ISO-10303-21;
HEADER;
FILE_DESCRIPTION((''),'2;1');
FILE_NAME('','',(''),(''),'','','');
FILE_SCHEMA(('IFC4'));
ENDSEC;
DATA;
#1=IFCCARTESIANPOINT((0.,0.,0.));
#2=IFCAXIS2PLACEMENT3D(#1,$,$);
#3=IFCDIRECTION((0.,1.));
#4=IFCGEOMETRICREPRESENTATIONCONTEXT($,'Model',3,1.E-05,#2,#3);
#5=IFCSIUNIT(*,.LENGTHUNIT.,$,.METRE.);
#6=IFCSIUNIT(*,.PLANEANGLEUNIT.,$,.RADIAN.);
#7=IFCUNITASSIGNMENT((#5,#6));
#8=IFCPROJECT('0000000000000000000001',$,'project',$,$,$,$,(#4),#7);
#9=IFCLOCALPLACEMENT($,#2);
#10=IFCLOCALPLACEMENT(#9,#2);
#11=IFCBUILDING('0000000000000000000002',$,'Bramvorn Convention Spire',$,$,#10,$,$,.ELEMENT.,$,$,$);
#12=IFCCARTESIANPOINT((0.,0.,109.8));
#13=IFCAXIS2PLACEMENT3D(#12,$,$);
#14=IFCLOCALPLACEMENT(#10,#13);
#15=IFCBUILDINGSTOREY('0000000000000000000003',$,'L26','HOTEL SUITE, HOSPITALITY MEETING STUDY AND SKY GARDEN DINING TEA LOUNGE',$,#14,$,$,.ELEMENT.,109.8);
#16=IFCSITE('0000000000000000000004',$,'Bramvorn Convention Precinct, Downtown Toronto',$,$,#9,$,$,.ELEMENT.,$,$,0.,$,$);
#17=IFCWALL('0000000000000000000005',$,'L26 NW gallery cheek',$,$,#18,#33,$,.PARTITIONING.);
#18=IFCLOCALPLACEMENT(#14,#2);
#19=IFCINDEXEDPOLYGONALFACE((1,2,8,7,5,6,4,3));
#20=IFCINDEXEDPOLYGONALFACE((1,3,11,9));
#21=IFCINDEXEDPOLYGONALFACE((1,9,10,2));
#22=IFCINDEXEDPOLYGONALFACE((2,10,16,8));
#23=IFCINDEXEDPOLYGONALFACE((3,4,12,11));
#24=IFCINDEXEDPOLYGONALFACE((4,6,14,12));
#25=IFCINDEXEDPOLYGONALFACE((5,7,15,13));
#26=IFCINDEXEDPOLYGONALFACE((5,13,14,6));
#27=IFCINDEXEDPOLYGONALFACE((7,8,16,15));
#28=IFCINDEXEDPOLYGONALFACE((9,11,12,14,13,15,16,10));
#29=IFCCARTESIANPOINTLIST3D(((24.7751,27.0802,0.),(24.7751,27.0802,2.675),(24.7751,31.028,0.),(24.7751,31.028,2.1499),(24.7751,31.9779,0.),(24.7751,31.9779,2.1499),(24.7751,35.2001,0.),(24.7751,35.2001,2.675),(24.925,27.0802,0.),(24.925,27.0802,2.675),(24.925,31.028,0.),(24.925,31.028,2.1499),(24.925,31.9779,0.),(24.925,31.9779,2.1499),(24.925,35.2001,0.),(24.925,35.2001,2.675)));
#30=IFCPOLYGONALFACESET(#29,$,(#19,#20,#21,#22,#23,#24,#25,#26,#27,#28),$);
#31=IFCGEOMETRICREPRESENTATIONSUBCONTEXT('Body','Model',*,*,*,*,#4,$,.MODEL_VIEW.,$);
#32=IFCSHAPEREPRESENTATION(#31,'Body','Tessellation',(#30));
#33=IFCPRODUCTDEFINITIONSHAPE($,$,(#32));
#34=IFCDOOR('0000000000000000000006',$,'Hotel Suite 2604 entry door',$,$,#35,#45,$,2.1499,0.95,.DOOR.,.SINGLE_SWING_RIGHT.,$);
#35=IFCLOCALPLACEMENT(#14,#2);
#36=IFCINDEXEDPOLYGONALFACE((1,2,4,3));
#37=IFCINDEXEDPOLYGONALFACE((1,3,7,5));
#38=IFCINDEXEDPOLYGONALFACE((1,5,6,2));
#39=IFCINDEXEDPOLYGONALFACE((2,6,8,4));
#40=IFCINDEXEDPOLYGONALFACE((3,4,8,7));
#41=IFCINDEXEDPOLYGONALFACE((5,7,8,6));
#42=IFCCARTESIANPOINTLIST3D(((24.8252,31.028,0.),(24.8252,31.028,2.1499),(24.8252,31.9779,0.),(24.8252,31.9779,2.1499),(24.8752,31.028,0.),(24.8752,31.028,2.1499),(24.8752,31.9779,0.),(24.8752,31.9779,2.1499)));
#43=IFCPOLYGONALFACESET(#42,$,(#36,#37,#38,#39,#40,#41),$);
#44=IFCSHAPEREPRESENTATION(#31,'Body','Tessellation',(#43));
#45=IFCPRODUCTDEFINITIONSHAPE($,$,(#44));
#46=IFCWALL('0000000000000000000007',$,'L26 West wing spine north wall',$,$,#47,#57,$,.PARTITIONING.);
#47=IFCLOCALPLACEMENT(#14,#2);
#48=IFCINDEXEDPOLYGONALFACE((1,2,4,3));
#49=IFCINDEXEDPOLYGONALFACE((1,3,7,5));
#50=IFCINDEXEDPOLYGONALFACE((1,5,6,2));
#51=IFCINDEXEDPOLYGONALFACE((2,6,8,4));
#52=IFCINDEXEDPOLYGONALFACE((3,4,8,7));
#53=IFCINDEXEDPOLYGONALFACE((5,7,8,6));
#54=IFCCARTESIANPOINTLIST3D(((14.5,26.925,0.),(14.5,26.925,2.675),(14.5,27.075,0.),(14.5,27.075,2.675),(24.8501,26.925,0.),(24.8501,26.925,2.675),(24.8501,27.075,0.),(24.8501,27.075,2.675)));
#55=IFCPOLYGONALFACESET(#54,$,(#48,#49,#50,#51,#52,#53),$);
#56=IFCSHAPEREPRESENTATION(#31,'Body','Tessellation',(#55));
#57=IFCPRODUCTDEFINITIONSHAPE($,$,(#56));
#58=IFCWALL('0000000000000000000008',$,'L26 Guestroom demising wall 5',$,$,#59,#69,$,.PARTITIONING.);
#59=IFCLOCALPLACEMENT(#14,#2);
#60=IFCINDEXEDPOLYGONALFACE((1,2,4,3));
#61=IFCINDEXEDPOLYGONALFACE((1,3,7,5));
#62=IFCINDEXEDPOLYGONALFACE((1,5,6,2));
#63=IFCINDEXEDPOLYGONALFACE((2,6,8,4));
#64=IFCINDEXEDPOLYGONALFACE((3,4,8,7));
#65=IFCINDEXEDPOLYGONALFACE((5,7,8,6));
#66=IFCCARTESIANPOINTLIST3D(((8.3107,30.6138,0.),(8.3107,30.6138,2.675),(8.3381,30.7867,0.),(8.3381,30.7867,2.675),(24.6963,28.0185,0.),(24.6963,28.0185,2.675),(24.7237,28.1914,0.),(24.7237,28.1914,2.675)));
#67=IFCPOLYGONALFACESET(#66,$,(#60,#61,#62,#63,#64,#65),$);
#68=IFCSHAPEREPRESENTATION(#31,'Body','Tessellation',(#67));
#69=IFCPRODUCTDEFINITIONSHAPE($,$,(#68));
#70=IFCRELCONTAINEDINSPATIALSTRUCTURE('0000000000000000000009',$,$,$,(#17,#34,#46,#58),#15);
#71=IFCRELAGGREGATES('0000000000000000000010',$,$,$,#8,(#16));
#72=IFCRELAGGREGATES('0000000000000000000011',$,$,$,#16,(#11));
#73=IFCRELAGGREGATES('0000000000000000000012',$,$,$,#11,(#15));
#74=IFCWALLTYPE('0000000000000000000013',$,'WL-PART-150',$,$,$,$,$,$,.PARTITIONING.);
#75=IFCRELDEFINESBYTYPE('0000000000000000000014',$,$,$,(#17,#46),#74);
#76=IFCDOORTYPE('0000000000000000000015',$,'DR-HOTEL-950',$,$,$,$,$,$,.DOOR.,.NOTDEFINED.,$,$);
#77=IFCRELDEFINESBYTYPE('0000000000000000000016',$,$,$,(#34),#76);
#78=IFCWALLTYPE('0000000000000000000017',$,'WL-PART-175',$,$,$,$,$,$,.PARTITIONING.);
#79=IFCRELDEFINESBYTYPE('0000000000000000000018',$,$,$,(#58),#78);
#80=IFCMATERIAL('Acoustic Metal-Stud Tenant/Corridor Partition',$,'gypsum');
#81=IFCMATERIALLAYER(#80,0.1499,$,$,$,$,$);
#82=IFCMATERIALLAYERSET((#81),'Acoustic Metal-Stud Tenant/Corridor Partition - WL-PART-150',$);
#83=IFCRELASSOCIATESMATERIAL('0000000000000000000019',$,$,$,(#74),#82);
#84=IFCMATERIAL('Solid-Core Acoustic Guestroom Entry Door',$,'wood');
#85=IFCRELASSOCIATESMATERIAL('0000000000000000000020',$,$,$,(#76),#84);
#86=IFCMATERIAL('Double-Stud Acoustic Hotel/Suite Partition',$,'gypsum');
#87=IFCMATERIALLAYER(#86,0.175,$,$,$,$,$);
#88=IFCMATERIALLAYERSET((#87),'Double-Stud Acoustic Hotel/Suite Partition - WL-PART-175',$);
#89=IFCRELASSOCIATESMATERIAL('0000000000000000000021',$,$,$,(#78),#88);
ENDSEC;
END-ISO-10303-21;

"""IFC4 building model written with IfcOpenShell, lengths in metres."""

from ifc_helpers import new_model, si_unit, direction, frame, frame_2d, origin, place, context, subcontext, project, spatial, rectangle, extrude, material, layer, layer_set, type_object, element, fill, save


model = new_model("IFC4")

# Units and contexts
model_context = context("Model", 3, precision=1e-05, world=origin(), true_north=direction((0.0, 1.0)))
body_context = subcontext(model_context, "Body", "Model", "MODEL_VIEW")
ifc_project = project(units=[si_unit("LENGTHUNIT", "METRE"), si_unit("PLANEANGLEUNIT", "RADIAN")], contexts=[model_context])

# Site, building, storey
site_placement = place(None, origin())
site = spatial("IfcSite", under=ifc_project, at=site_placement, Name="Bramvorn Convention Precinct, Downtown Toronto", CompositionType="ELEMENT", RefElevation=0.0)
building_placement = place(site_placement, origin())
building = spatial("IfcBuilding", under=site, at=building_placement, Name="Bramvorn Convention Spire", CompositionType="ELEMENT")
storey_placement = place(building_placement, frame((0.0, 0.0, 109.8)))
storey = spatial("IfcBuildingStorey", under=building, at=storey_placement, Name="L26", Description="HOTEL SUITE, HOSPITALITY MEETING STUDY AND SKY GARDEN DINING TEA LOUNGE", CompositionType="ELEMENT", Elevation=109.8)

# Shared definitions
ifc_material_1 = material(Name="Acoustic Metal-Stud Tenant/Corridor Partition", Category="gypsum")
ifc_layer_1 = layer(ifc_material_1, 0.1499)
ifc_layer_set_1 = layer_set([ifc_layer_1], Name="Acoustic Metal-Stud Tenant/Corridor Partition - WL-PART-150")
wall_type_1 = type_object("IfcWallType", Name="WL-PART-150", PredefinedType="PARTITIONING", material=ifc_layer_set_1)
ifc_material_2 = material(Name="Solid-Core Acoustic Guestroom Entry Door", Category="wood")
door_type_1 = type_object("IfcDoorType", Name="DR-HOTEL-950", OperationType="NOTDEFINED", PredefinedType="DOOR", material=ifc_material_2)

# Wall, opening, door
wall_1_placement = place(storey_placement, frame((24.8501, 27.0801, 0.0), z_axis=(0.0, 0.0, 1.0), x_axis=(0.0, 1.0, 0.0)))
wall_1 = element("IfcWall", 1, at=wall_1_placement, inside=storey, type_object=wall_type_1, Name="L26 NW gallery cheek", PredefinedType="PARTITIONING", context=body_context, shape_type="SweptSolid", body=[
    extrude(rectangle(XDim=8.1199, YDim=0.1499, at=frame_2d((4.0601, 0.0))), origin(), (0.0, 0.0, 1.0), 2.675),
])
opening_1_placement = place(wall_1_placement, frame((3.9478, 0.0, 0.0)))
opening_1 = element("IfcOpeningElement", 2, at=opening_1_placement, cuts=wall_1, PredefinedType="OPENING", context=body_context, shape_type="SweptSolid", body=[
    extrude(rectangle(XDim=0.95, YDim=2.1499, at=frame_2d((0.4751, 1.075))), frame((0.0, 0.085, 0.0), z_axis=(0.0, -1.0, 0.0), x_axis=(1.0, 0.0, 0.0)), (0.0, 0.0, 1.0), 0.1699),
])
door_1_placement = place(opening_1_placement, origin())
door_1 = element("IfcDoor", 3, at=door_1_placement, inside=storey, type_object=door_type_1, Name="Hotel Suite 2604 entry door", OperationType="SINGLE_SWING_RIGHT", OverallHeight=2.1499, OverallWidth=0.95, PredefinedType="DOOR", context=body_context, shape_type="SweptSolid", body=[
    extrude(rectangle(XDim=0.95, YDim=2.1499, at=frame_2d((0.4751, 1.075))), frame((0.0, 0.0249, 0.0), z_axis=(0.0, -1.0, 0.0), x_axis=(1.0, 0.0, 0.0)), (0.0, 0.0, 1.0), 0.05),
])
fill(opening_1, door_1)

# Walls
wall_2_placement = place(storey_placement, frame((14.5, 27.0, 0.0), z_axis=(0.0, 0.0, 1.0), x_axis=(1.0, 0.0, 0.0)))
element("IfcWall", 4, at=wall_2_placement, inside=storey, type_object=wall_type_1, Name="L26 West wing spine north wall", PredefinedType="PARTITIONING", context=body_context, shape_type="SweptSolid", body=[
    extrude(rectangle(XDim=10.3501, YDim=0.1499, at=frame_2d((5.175, 0.0))), origin(), (0.0, 0.0, 1.0), 2.675),
])
ifc_material_3 = material(Name="Double-Stud Acoustic Hotel/Suite Partition", Category="gypsum")
ifc_layer_2 = layer(ifc_material_3, 0.175)
ifc_layer_set_2 = layer_set([ifc_layer_2], Name="Double-Stud Acoustic Hotel/Suite Partition - WL-PART-175")
wall_type_2 = type_object("IfcWallType", Name="WL-PART-175", PredefinedType="PARTITIONING", material=ifc_layer_set_2)
wall_3_placement = place(storey_placement, frame((24.71, 28.105, 0.0), z_axis=(0.0, 0.0, 1.0), x_axis=(-0.987688, 0.156435, 0.0)))
element("IfcWall", 5, at=wall_3_placement, inside=storey, type_object=wall_type_2, Name="L26 Guestroom demising wall 5", PredefinedType="PARTITIONING", context=body_context, shape_type="SweptSolid", body=[
    extrude(rectangle(XDim=16.5898, YDim=0.175, at=frame_2d((8.2949, 0.0))), origin(), (0.0, 0.0, 1.0), 2.675),
])

save(model, "model.ifc")
